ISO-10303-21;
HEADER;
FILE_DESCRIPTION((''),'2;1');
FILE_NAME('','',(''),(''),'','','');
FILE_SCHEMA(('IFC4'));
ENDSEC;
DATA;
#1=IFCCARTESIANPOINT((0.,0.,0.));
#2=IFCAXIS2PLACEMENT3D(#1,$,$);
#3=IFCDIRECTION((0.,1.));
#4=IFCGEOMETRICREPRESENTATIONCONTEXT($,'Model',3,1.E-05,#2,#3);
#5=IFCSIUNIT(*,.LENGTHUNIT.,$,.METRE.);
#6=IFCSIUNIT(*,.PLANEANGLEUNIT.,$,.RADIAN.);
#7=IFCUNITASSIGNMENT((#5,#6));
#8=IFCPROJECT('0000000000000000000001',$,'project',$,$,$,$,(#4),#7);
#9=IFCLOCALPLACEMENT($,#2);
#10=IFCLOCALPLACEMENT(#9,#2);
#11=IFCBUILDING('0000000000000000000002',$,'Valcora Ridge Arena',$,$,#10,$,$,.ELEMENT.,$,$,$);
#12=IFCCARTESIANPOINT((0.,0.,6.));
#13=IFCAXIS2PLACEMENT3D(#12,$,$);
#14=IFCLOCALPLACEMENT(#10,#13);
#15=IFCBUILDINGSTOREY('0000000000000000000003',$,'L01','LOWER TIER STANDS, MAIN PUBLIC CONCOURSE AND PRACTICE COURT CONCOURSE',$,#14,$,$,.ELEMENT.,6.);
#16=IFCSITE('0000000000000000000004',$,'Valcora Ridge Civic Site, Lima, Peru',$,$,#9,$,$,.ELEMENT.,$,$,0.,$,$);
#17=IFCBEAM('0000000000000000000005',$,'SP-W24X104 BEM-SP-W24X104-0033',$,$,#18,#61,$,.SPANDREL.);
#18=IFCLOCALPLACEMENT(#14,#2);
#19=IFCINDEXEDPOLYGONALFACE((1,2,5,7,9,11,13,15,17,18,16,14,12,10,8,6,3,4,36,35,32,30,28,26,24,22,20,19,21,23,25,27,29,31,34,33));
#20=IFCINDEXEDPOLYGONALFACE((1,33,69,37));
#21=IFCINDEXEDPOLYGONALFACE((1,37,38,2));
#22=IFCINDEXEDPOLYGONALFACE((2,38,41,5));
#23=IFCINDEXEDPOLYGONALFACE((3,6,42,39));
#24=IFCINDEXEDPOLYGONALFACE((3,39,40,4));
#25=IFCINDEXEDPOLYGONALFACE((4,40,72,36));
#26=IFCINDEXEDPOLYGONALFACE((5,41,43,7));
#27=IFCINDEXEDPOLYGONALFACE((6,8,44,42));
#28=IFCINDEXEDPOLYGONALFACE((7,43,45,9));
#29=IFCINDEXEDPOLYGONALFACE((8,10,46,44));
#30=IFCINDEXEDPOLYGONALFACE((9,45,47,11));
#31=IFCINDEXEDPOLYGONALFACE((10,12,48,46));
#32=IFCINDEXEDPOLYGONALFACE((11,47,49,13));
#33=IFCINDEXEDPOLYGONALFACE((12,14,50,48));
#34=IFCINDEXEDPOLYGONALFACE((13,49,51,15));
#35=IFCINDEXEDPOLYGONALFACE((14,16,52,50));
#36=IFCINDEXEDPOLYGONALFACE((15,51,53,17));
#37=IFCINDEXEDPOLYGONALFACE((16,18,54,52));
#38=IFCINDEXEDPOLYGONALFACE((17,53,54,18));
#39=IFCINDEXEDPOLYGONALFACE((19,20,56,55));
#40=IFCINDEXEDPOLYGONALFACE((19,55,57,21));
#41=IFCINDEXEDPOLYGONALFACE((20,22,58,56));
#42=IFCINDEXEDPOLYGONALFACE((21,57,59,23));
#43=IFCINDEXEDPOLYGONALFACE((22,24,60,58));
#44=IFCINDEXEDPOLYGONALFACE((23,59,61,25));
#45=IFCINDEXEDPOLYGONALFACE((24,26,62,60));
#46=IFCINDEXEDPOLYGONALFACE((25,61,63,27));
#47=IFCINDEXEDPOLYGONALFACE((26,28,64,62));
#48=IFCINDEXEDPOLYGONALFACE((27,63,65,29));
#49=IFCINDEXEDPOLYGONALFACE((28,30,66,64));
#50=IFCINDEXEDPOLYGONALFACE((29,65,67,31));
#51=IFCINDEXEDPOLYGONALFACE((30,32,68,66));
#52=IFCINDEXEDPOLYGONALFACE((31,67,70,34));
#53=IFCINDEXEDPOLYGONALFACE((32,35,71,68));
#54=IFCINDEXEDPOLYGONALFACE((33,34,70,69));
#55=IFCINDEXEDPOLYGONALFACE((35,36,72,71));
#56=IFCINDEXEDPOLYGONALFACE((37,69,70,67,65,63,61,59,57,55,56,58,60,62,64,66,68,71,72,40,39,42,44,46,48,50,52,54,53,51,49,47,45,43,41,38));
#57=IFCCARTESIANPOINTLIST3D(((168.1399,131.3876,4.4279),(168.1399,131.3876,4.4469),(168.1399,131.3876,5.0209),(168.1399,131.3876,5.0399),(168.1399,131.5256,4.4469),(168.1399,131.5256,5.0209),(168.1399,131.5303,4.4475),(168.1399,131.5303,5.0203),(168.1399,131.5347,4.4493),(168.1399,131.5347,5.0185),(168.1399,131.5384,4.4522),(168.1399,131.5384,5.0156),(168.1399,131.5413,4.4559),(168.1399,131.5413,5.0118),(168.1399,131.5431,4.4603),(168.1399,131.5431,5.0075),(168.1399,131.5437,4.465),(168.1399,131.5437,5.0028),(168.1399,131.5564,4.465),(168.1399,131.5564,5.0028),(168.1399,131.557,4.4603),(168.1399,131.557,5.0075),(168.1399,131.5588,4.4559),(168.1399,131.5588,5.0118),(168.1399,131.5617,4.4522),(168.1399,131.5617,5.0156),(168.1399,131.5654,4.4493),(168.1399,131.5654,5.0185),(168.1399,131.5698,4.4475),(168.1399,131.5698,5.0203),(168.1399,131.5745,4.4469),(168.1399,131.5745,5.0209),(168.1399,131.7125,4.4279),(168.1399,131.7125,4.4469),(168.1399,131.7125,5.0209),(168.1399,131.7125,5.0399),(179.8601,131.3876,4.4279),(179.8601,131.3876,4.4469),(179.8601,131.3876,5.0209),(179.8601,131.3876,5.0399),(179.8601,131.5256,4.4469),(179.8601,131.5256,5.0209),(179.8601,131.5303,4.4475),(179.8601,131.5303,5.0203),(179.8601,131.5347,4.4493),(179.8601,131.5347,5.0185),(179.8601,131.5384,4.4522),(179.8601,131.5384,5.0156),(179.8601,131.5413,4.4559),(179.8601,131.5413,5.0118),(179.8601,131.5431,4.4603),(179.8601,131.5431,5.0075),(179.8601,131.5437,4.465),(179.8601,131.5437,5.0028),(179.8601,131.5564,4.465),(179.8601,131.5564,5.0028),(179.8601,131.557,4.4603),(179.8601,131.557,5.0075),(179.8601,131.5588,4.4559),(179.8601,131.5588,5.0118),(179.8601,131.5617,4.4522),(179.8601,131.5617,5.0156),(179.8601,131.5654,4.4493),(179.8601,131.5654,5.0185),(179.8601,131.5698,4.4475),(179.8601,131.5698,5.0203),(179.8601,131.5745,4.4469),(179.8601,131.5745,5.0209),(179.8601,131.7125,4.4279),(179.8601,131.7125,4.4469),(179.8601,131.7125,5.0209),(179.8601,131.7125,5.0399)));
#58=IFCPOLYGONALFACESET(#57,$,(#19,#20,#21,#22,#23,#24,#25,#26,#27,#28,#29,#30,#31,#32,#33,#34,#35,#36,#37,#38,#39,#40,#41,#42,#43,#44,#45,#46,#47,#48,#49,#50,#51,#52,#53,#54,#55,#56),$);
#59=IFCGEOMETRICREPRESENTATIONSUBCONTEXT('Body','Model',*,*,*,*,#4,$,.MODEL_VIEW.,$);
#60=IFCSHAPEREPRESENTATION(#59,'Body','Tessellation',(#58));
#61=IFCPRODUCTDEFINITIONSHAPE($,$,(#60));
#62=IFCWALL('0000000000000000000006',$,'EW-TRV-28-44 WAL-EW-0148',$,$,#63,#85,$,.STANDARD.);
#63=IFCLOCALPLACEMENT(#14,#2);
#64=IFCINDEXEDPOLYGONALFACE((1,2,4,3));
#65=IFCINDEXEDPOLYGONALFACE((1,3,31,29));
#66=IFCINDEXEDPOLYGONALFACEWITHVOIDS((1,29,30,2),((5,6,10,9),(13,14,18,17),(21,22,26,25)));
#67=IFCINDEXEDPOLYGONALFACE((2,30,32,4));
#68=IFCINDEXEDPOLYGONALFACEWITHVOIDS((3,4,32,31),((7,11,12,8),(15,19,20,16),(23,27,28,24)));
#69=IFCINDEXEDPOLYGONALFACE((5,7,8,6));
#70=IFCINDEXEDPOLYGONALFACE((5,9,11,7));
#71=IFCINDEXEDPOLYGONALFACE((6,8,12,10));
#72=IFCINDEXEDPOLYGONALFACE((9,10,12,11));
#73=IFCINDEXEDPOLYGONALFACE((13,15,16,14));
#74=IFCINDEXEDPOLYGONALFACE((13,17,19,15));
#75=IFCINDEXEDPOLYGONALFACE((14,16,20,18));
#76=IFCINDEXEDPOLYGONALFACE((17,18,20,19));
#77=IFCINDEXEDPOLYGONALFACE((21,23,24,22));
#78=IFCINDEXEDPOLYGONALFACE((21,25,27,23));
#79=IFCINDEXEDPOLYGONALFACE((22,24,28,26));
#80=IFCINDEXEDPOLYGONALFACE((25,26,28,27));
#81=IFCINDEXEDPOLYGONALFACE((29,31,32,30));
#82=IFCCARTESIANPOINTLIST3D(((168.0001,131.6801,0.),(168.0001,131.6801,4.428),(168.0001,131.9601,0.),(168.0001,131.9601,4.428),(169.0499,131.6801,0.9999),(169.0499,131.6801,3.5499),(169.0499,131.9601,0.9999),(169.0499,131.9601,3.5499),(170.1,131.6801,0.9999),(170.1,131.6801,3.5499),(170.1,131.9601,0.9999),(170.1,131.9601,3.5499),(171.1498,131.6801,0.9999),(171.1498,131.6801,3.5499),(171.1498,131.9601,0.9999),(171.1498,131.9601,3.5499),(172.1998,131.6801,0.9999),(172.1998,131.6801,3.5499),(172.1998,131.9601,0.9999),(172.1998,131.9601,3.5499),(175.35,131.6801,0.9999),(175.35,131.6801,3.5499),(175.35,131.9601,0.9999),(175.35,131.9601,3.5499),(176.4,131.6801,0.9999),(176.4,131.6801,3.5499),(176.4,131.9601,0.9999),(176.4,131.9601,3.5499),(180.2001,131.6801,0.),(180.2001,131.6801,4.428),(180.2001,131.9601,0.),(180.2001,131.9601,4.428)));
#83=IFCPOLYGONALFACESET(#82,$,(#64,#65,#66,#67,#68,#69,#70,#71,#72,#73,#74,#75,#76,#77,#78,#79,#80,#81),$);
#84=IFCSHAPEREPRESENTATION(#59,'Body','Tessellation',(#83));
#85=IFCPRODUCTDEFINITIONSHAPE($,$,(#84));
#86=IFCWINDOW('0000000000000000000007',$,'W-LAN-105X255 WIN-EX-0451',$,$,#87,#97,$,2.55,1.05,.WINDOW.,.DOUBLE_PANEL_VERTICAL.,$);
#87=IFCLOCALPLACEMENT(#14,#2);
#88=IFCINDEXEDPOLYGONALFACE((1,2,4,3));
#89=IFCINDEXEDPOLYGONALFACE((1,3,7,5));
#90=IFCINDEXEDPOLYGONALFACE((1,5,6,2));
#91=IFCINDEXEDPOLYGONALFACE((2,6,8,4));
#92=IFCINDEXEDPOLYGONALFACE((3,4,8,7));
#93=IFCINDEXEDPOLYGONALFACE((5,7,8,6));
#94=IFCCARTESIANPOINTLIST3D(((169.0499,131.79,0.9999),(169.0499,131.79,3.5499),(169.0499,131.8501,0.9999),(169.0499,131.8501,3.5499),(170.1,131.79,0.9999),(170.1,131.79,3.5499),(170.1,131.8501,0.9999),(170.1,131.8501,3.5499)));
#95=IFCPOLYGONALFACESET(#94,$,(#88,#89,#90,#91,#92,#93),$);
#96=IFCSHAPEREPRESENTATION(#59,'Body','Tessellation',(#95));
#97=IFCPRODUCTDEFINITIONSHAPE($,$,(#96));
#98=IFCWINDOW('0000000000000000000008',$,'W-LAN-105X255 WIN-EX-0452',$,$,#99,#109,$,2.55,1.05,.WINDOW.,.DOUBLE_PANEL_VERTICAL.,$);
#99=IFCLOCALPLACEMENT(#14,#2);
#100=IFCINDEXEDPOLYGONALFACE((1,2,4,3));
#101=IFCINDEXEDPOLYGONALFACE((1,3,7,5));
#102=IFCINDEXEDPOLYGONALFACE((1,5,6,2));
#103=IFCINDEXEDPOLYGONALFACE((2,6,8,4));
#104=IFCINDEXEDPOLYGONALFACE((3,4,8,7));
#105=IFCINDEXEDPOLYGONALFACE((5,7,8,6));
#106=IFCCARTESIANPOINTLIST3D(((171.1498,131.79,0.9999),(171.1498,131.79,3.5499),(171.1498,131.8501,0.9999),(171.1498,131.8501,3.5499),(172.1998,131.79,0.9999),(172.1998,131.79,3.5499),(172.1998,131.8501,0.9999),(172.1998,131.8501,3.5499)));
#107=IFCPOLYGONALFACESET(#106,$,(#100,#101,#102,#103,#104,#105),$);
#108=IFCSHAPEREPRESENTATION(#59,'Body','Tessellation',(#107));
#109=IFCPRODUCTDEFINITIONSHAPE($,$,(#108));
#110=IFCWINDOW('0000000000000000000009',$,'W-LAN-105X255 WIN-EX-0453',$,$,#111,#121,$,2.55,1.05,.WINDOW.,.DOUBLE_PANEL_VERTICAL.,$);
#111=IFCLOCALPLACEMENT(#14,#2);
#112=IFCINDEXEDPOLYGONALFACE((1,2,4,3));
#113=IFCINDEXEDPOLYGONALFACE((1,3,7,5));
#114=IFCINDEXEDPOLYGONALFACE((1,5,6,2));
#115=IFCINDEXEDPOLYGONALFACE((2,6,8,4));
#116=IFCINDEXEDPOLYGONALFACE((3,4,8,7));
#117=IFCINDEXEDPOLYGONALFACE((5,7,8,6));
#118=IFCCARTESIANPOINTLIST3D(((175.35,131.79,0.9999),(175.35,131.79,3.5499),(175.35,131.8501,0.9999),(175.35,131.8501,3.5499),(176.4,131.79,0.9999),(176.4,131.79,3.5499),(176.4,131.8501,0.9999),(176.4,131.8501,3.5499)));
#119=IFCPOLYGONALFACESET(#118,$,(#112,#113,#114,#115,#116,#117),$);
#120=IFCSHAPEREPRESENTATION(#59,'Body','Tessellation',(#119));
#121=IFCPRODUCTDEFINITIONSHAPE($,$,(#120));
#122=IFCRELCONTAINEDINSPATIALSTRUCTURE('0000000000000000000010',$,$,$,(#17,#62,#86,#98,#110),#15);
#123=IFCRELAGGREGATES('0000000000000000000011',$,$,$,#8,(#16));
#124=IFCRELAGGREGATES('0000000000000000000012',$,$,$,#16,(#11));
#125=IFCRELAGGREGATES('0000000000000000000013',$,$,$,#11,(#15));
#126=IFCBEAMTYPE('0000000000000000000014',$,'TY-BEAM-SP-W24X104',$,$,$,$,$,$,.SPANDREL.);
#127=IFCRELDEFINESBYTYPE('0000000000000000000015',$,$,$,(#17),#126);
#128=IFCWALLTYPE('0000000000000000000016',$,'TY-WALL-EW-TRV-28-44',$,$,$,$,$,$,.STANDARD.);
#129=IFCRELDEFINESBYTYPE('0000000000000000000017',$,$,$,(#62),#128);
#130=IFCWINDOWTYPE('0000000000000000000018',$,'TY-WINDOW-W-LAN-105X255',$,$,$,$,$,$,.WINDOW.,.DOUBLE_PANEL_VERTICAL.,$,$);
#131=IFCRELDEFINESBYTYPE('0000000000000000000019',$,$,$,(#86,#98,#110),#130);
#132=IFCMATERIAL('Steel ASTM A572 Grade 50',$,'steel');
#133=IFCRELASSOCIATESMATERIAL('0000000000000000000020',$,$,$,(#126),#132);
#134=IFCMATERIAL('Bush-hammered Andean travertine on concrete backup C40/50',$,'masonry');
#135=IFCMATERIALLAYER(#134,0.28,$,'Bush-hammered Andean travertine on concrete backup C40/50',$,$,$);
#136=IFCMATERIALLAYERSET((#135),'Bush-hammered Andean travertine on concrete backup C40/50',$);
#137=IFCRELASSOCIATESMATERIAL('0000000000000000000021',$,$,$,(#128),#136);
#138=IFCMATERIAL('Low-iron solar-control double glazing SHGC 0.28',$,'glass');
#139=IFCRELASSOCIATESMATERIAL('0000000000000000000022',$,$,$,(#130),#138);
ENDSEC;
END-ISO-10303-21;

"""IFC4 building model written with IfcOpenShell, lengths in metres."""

from ifc_helpers import new_model, si_unit, direction, frame, frame_2d, origin, origin_2d, place, context, subcontext, project, spatial, rectangle, i_section, extrude, material, layer, layer_set, material_profile, profile_set, type_object, element, fill, save


model = new_model("IFC4")

# Units and contexts
model_context = context("Model", 3, precision=1e-05, world=origin(), true_north=direction((0.0, 1.0)))
body_context = subcontext(model_context, "Body", "Model", "MODEL_VIEW")
ifc_project = project(units=[si_unit("LENGTHUNIT", "METRE"), si_unit("PLANEANGLEUNIT", "RADIAN")], contexts=[model_context])

# Site, building, storey
site_placement = place(None, origin())
site = spatial("IfcSite", under=ifc_project, at=site_placement, Name="Valcora Ridge Civic Site, Lima, Peru", CompositionType="ELEMENT", RefElevation=0.0)
building_placement = place(site_placement, origin())
building = spatial("IfcBuilding", under=site, at=building_placement, Name="Valcora Ridge Arena", CompositionType="ELEMENT")
storey_placement = place(building_placement, frame((0.0, 0.0, 6.0)))
storey = spatial("IfcBuildingStorey", under=building, at=storey_placement, Name="L01", Description="LOWER TIER STANDS, MAIN PUBLIC CONCOURSE AND PRACTICE COURT CONCOURSE", CompositionType="ELEMENT", Elevation=6.0)

# Beam
ifc_material_1 = material(Name="Steel ASTM A572 Grade 50", Category="steel")
ifc_material_profile_1 = material_profile(ifc_material_1, i_section(OverallWidth=0.325, OverallDepth=0.6121, WebThickness=0.0127, FlangeThickness=0.019, FilletRadius=0.0181, at=origin_2d()), Name="W24X104")
ifc_profile_set_1 = profile_set([ifc_material_profile_1], Name="Steel ASTM A572 Grade 50")
beam_type_1 = type_object("IfcBeamType", Name="TY-BEAM-SP-W24X104", PredefinedType="SPANDREL", material=ifc_profile_set_1)
beam_1_placement = place(storey_placement, frame((168.1399, 131.55, 4.7339), z_axis=(1.0, 0.0, 0.0), x_axis=(0.0, 1.0, 0.0)))
element("IfcBeam", 1, at=beam_1_placement, inside=storey, type_object=beam_type_1, Name="SP-W24X104 BEM-SP-W24X104-0033", PredefinedType="SPANDREL", context=body_context, shape_type="SweptSolid", body=[
    extrude(i_section(OverallWidth=0.325, OverallDepth=0.6121, WebThickness=0.0127, FlangeThickness=0.019, FilletRadius=0.0181, at=origin_2d()), origin(), (0.0, 0.0, 1.0), 11.7202),
])

# Wall, openings, windows
ifc_material_2 = material(Name="Bush-hammered Andean travertine on concrete backup C40/50", Category="masonry")
ifc_layer = layer(ifc_material_2, 0.28, Name="Bush-hammered Andean travertine on concrete backup C40/50")
ifc_layer_set = layer_set([ifc_layer], Name="Bush-hammered Andean travertine on concrete backup C40/50")
wall_type = type_object("IfcWallType", Name="TY-WALL-EW-TRV-28-44", PredefinedType="STANDARD", material=ifc_layer_set)
wall_placement = place(storey_placement, frame((168.0, 131.8201, 0.0), z_axis=(0.0, 0.0, 1.0), x_axis=(1.0, 0.0, 0.0)))
wall = element("IfcWall", 2, at=wall_placement, inside=storey, type_object=wall_type, Name="EW-TRV-28-44 WAL-EW-0148", PredefinedType="STANDARD", context=body_context, shape_type="SweptSolid", body=[
    extrude(rectangle(XDim=12.2, YDim=0.28, at=frame_2d((6.1001, 0.0))), origin(), (0.0, 0.0, 1.0), 4.428),
])
opening_1_placement = place(wall_placement, frame((1.05, 0.0, 1.0)))
opening_1 = element("IfcOpeningElement", 3, at=opening_1_placement, cuts=wall, PredefinedType="OPENING", context=body_context, shape_type="SweptSolid", body=[
    extrude(rectangle(XDim=1.05, YDim=2.55, at=frame_2d((0.5249, 1.2749))), frame((0.0, 0.1499, 0.0), z_axis=(0.0, -1.0, 0.0), x_axis=(1.0, 0.0, 0.0)), (0.0, 0.0, 1.0), 0.3),
])
opening_2_placement = place(wall_placement, frame((3.1499, 0.0, 1.0)))
opening_2 = element("IfcOpeningElement", 4, at=opening_2_placement, cuts=wall, PredefinedType="OPENING", context=body_context, shape_type="SweptSolid", body=[
    extrude(rectangle(XDim=1.05, YDim=2.55, at=frame_2d((0.5249, 1.2749))), frame((0.0, 0.1499, 0.0), z_axis=(0.0, -1.0, 0.0), x_axis=(1.0, 0.0, 0.0)), (0.0, 0.0, 1.0), 0.3),
])
opening_3_placement = place(wall_placement, frame((7.3501, 0.0, 1.0)))
opening_3 = element("IfcOpeningElement", 5, at=opening_3_placement, cuts=wall, PredefinedType="OPENING", context=body_context, shape_type="SweptSolid", body=[
    extrude(rectangle(XDim=1.05, YDim=2.55, at=frame_2d((0.5249, 1.2749))), frame((0.0, 0.1499, 0.0), z_axis=(0.0, -1.0, 0.0), x_axis=(1.0, 0.0, 0.0)), (0.0, 0.0, 1.0), 0.3),
])
ifc_material_3 = material(Name="Low-iron solar-control double glazing SHGC 0.28", Category="glass")
window_type = type_object("IfcWindowType", Name="TY-WINDOW-W-LAN-105X255", PartitioningType="DOUBLE_PANEL_VERTICAL", PredefinedType="WINDOW", material=ifc_material_3)
window_1_placement = place(opening_1_placement, origin())
window_1 = element("IfcWindow", 6, at=window_1_placement, inside=storey, type_object=window_type, Name="W-LAN-105X255 WIN-EX-0451", OverallHeight=2.55, OverallWidth=1.05, PartitioningType="DOUBLE_PANEL_VERTICAL", PredefinedType="WINDOW", context=body_context, shape_type="SweptSolid", body=[
    extrude(rectangle(XDim=1.05, YDim=2.55, at=frame_2d((0.5249, 1.2749))), frame((0.0, 0.03, 0.0), z_axis=(0.0, -1.0, 0.0), x_axis=(1.0, 0.0, 0.0)), (0.0, 0.0, 1.0), 0.0601),
])
fill(opening_1, window_1)
window_2_placement = place(opening_2_placement, origin())
window_2 = element("IfcWindow", 7, at=window_2_placement, inside=storey, type_object=window_type, Name="W-LAN-105X255 WIN-EX-0452", OverallHeight=2.55, OverallWidth=1.05, PartitioningType="DOUBLE_PANEL_VERTICAL", PredefinedType="WINDOW", context=body_context, shape_type="SweptSolid", body=[
    extrude(rectangle(XDim=1.05, YDim=2.55, at=frame_2d((0.5249, 1.2749))), frame((0.0, 0.03, 0.0), z_axis=(0.0, -1.0, 0.0), x_axis=(1.0, 0.0, 0.0)), (0.0, 0.0, 1.0), 0.0601),
])
fill(opening_2, window_2)
window_3_placement = place(opening_3_placement, origin())
window_3 = element("IfcWindow", 8, at=window_3_placement, inside=storey, type_object=window_type, Name="W-LAN-105X255 WIN-EX-0453", OverallHeight=2.55, OverallWidth=1.05, PartitioningType="DOUBLE_PANEL_VERTICAL", PredefinedType="WINDOW", context=body_context, shape_type="SweptSolid", body=[
    extrude(rectangle(XDim=1.05, YDim=2.55, at=frame_2d((0.5249, 1.2749))), frame((0.0, 0.03, 0.0), z_axis=(0.0, -1.0, 0.0), x_axis=(1.0, 0.0, 0.0)), (0.0, 0.0, 1.0), 0.0601),
])
fill(opening_3, window_3)

save(model, "model.ifc")
